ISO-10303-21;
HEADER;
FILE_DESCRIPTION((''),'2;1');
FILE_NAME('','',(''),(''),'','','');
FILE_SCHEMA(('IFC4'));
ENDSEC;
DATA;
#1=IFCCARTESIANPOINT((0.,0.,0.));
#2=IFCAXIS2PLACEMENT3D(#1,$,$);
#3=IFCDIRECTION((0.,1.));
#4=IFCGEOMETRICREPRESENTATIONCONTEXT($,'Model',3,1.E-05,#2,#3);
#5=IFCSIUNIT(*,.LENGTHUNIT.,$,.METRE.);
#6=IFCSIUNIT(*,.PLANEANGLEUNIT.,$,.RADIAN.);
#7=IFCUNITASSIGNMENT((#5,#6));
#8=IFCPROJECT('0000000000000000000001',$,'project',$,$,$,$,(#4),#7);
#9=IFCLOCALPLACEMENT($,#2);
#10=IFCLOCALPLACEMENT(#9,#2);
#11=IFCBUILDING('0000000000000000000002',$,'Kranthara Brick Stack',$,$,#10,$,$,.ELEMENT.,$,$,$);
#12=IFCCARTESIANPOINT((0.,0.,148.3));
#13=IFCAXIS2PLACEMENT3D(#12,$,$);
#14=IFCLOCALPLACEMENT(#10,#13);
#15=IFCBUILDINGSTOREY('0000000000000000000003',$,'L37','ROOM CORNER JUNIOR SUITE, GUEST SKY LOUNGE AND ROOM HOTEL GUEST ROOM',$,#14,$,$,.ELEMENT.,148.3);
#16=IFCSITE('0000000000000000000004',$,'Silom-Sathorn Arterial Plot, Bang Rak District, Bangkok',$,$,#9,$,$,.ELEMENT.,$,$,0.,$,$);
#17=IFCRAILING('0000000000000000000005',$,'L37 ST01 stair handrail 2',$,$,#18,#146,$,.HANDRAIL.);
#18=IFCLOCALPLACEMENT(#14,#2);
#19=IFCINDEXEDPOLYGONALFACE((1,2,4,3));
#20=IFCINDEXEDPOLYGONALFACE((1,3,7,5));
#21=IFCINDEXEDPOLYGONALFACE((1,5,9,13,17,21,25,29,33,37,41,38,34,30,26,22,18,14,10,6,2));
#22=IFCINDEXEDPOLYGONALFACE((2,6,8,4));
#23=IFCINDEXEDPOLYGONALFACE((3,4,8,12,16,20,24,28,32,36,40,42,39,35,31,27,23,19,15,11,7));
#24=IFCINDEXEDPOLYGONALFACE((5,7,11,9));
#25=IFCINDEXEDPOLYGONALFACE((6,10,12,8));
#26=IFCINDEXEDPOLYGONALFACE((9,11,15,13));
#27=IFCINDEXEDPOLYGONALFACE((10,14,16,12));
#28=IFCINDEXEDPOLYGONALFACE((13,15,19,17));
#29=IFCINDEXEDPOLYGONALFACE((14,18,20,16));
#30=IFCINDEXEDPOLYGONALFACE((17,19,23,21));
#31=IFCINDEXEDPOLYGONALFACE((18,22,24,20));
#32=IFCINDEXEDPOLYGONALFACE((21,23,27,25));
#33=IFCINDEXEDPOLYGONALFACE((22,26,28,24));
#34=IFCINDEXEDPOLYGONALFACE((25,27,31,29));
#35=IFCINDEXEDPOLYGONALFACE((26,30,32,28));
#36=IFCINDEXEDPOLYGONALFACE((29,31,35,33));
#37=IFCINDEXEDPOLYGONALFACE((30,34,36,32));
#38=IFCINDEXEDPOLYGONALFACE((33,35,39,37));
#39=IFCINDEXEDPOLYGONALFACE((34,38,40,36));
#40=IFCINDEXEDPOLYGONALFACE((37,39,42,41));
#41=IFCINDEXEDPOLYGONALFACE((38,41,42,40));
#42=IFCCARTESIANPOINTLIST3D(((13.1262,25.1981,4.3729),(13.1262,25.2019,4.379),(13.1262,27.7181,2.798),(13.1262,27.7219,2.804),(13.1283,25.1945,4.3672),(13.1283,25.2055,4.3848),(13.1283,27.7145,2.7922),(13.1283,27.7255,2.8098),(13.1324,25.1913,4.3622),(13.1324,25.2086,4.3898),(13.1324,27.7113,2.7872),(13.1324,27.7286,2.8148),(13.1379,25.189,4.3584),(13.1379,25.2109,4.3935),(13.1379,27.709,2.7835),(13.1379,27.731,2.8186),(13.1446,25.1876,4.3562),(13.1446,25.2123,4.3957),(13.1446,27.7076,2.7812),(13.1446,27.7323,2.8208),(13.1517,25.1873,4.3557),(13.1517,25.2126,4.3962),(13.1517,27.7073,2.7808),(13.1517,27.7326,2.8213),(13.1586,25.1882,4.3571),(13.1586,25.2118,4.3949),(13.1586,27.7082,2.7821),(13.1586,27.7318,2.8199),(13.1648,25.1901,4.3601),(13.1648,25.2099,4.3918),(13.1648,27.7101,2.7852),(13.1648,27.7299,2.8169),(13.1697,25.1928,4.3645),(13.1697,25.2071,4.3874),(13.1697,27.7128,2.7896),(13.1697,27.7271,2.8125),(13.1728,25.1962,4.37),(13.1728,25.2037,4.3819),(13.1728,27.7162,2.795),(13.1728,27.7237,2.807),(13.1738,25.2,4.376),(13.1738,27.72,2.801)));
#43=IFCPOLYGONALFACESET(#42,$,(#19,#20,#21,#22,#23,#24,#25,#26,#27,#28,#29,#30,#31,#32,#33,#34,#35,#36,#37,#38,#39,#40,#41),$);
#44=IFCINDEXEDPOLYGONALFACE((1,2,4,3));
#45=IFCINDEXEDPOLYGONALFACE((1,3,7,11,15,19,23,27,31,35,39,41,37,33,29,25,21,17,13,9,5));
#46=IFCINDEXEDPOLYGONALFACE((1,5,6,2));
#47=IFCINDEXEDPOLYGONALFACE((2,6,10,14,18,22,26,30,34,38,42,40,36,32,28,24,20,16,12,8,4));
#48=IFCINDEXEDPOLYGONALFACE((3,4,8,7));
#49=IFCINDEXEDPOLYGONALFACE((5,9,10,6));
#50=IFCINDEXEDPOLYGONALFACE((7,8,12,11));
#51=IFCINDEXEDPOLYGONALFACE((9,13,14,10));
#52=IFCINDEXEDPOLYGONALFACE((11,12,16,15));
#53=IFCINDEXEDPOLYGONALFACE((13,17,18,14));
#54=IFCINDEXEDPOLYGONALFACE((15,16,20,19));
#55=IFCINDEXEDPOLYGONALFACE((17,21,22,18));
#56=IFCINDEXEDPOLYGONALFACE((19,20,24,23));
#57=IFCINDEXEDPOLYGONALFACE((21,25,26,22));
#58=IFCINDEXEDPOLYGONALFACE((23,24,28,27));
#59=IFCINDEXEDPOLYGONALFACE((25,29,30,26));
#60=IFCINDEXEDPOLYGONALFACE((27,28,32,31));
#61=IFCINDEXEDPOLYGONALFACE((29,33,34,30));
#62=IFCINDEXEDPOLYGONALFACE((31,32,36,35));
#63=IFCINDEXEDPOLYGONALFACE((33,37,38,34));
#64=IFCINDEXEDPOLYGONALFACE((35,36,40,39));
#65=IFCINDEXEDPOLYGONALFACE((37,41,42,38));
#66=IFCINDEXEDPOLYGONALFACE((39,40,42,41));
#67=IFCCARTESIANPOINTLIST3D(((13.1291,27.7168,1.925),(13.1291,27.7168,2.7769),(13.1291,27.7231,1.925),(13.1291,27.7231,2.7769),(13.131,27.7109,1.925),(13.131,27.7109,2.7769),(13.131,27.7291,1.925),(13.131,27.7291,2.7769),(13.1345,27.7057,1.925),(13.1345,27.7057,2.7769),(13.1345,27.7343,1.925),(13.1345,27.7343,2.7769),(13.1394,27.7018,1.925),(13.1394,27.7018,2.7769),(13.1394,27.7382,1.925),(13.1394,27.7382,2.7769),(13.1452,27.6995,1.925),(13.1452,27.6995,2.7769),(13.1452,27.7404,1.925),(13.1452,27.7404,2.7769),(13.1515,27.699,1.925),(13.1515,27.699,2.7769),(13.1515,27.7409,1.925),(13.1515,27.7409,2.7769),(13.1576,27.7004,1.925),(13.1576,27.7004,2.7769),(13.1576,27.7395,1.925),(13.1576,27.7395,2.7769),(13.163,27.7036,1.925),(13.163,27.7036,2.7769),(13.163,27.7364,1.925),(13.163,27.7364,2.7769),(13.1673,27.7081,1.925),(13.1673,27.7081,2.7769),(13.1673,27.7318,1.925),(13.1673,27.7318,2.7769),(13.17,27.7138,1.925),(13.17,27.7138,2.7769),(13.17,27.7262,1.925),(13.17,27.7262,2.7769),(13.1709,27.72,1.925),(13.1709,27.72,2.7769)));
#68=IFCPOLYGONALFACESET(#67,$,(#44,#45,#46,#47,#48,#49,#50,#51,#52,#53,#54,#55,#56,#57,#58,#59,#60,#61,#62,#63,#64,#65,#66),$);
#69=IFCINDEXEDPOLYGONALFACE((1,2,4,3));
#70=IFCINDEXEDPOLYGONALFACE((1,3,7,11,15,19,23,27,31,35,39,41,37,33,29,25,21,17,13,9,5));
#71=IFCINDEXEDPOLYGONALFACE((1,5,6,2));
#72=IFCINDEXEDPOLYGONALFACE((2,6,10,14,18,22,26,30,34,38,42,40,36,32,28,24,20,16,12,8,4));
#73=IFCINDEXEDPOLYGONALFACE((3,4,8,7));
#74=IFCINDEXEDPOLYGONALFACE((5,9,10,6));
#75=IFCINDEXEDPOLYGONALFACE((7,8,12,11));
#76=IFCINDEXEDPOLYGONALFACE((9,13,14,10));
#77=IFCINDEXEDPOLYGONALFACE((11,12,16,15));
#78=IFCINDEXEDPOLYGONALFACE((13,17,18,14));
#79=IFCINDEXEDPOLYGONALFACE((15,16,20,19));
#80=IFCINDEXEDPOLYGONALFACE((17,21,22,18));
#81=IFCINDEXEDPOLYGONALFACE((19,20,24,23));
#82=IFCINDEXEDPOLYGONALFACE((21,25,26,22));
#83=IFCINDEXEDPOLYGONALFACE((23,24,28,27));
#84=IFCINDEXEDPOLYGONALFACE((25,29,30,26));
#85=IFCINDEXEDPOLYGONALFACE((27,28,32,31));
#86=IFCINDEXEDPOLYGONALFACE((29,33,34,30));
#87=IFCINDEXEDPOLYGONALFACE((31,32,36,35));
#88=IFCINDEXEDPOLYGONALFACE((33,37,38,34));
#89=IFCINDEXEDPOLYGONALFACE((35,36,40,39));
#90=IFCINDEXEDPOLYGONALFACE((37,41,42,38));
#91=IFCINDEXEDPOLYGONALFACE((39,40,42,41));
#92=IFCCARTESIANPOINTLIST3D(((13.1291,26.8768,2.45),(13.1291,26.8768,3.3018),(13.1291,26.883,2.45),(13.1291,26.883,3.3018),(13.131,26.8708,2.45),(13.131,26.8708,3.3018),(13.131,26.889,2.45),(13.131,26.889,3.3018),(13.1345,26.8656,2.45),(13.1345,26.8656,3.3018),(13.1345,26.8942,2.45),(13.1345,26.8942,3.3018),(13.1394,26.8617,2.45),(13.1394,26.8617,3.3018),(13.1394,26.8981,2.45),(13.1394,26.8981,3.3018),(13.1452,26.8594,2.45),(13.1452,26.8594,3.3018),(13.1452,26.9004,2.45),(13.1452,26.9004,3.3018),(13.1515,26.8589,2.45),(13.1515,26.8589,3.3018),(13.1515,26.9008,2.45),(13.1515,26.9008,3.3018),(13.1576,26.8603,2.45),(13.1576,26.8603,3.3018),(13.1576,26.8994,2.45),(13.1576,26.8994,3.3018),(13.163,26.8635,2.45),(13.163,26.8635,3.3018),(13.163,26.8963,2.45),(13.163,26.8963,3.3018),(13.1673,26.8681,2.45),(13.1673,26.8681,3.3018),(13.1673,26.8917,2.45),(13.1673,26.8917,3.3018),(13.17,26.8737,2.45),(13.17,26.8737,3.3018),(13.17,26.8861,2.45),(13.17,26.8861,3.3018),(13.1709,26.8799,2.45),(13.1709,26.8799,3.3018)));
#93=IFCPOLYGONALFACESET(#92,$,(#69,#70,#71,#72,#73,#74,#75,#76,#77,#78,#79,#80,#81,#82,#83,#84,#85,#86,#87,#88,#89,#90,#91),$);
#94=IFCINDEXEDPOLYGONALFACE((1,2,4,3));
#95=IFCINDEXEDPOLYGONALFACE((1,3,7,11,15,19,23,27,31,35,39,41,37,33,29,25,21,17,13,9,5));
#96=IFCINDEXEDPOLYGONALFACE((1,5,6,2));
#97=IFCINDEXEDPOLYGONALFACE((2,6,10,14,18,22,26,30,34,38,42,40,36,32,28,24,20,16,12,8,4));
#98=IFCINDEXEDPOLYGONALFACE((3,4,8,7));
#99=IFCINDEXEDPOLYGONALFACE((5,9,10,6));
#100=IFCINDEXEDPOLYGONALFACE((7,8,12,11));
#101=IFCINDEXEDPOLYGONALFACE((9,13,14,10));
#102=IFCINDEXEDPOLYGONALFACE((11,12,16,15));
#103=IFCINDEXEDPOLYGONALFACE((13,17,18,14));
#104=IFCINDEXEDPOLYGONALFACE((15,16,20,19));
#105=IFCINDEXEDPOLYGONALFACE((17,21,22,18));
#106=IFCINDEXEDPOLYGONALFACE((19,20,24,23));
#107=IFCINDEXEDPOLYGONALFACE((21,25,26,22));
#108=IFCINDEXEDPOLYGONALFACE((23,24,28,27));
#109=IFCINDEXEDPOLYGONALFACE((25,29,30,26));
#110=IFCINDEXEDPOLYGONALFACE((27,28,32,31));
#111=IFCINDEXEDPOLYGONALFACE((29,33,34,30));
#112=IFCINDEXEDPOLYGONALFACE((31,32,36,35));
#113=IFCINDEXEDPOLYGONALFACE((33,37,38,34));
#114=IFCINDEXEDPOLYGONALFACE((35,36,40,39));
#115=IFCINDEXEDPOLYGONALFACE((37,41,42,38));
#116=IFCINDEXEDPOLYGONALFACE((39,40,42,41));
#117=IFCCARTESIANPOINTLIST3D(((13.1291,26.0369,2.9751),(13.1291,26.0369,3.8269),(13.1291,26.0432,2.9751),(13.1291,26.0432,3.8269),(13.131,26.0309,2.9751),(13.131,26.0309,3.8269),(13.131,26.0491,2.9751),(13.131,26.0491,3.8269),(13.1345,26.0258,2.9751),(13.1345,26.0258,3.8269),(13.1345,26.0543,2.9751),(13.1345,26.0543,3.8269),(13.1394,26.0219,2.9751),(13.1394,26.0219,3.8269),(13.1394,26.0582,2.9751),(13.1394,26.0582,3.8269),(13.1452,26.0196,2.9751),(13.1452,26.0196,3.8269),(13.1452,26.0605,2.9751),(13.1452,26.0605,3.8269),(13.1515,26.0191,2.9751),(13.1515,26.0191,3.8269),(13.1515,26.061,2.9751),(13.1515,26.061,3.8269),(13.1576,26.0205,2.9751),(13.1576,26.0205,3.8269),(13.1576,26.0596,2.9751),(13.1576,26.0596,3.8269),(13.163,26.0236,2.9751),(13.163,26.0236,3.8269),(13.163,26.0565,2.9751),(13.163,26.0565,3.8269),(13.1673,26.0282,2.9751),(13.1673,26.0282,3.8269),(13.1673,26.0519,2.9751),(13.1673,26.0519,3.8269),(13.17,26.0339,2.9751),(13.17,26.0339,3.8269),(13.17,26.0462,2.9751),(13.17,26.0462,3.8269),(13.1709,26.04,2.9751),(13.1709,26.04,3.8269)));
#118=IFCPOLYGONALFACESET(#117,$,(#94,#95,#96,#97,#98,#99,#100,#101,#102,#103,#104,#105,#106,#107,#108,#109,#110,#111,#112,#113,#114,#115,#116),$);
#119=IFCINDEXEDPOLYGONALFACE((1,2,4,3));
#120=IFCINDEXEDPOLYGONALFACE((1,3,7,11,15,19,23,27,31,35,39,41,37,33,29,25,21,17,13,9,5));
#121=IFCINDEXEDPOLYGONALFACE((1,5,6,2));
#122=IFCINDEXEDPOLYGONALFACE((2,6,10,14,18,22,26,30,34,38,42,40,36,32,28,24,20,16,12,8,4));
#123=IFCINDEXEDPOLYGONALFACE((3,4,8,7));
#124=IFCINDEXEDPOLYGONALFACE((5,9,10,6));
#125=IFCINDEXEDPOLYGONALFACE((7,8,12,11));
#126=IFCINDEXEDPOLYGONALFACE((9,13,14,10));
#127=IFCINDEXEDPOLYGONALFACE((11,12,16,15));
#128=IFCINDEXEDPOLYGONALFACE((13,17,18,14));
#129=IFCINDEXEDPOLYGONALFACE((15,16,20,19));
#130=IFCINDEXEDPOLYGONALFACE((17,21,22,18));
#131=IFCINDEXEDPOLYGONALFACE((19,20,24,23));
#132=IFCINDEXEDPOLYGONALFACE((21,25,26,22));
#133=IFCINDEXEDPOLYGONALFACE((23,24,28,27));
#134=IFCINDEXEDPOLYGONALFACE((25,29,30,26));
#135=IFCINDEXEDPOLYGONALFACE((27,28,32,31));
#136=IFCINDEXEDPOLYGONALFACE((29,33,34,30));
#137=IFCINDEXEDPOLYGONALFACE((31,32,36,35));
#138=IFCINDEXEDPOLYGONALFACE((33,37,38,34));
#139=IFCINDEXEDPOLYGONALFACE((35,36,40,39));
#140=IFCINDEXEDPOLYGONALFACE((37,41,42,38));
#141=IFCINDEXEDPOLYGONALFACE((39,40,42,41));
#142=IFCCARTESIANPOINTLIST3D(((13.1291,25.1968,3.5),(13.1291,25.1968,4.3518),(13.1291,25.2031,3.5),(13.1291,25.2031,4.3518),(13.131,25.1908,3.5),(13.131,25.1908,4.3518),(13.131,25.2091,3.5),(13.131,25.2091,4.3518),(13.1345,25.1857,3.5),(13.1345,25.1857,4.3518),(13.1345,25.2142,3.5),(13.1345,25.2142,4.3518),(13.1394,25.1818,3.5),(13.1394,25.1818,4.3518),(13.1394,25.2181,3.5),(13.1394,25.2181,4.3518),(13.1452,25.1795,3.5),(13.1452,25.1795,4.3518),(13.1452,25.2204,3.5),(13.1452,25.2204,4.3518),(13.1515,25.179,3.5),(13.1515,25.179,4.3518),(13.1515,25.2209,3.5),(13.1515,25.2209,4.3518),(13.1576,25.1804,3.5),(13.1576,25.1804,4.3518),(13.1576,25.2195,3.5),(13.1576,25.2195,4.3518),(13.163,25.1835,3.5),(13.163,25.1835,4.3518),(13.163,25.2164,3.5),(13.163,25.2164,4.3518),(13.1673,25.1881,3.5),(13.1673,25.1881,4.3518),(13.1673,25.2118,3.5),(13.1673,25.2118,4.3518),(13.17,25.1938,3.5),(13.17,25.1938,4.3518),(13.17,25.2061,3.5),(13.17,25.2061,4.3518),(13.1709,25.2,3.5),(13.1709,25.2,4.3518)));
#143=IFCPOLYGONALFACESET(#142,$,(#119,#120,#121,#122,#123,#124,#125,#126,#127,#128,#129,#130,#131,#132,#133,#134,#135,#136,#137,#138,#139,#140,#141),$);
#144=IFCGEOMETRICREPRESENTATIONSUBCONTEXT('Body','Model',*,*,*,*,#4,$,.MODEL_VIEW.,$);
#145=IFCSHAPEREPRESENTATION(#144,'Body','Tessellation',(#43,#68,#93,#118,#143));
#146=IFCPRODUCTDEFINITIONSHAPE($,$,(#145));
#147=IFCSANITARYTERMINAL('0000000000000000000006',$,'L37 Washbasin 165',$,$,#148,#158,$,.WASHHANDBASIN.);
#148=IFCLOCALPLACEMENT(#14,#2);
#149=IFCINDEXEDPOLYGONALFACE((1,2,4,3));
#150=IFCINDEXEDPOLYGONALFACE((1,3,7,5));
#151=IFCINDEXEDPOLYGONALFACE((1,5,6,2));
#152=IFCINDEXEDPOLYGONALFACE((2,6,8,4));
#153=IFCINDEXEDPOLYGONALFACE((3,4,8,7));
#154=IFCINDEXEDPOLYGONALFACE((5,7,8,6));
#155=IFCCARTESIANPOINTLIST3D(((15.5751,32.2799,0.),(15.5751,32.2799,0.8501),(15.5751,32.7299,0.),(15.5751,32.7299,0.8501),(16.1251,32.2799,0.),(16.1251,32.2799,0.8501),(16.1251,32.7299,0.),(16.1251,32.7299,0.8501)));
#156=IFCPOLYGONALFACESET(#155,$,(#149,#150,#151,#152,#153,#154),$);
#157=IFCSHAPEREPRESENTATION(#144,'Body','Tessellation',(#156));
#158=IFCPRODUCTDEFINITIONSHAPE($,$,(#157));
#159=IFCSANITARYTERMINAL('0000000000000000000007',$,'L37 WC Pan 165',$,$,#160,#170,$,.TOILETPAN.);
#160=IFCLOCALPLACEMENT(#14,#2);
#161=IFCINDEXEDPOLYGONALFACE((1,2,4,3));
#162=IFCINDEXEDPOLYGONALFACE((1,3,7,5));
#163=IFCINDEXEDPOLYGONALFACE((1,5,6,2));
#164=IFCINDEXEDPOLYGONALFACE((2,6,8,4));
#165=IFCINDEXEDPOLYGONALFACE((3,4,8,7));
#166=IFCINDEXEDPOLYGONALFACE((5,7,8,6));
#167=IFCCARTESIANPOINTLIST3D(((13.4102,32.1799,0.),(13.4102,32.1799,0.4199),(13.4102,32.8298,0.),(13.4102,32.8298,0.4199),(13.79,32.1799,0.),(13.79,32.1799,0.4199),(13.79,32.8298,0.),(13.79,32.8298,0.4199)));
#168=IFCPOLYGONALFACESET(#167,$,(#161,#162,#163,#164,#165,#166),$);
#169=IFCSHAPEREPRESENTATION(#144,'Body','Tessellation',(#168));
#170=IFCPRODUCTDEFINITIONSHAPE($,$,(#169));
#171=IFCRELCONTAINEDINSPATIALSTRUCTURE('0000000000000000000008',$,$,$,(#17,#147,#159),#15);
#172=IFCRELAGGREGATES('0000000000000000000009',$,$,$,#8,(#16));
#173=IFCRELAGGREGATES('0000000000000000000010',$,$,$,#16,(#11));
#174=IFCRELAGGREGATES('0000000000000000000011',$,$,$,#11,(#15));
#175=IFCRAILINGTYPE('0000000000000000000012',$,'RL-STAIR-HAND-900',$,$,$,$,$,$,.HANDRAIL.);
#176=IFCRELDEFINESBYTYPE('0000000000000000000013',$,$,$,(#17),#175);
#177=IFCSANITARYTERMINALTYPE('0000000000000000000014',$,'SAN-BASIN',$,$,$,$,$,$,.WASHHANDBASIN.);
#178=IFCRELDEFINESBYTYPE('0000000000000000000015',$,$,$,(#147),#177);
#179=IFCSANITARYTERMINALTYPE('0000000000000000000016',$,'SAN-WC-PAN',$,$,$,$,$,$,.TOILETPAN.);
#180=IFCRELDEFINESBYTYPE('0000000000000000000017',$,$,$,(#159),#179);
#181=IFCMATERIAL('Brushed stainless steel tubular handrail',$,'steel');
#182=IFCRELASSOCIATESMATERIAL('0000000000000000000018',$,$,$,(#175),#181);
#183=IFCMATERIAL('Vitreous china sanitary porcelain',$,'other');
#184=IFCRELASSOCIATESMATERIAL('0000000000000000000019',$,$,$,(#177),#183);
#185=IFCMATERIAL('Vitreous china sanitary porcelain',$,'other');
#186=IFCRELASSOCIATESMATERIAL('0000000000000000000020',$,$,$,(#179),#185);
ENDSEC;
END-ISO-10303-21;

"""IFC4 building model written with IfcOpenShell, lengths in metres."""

from ifc_helpers import new_model, si_unit, direction, frame, origin, origin_2d, place, context, subcontext, project, spatial, rectangle, circle, extrude, material, type_object, element, save


model = new_model("IFC4")

# Units and contexts
model_context = context("Model", 3, precision=1e-05, world=origin(), true_north=direction((0.0, 1.0)))
body_context = subcontext(model_context, "Body", "Model", "MODEL_VIEW")
ifc_project = project(units=[si_unit("LENGTHUNIT", "METRE"), si_unit("PLANEANGLEUNIT", "RADIAN")], contexts=[model_context])

# Site, building, storey
site_placement = place(None, origin())
site = spatial("IfcSite", under=ifc_project, at=site_placement, Name="Silom-Sathorn Arterial Plot, Bang Rak District, Bangkok", CompositionType="ELEMENT", RefElevation=0.0)
building_placement = place(site_placement, origin())
building = spatial("IfcBuilding", under=site, at=building_placement, Name="Kranthara Brick Stack", CompositionType="ELEMENT")
storey_placement = place(building_placement, frame((0.0, 0.0, 148.3)))
storey = spatial("IfcBuildingStorey", under=building, at=storey_placement, Name="L37", Description="ROOM CORNER JUNIOR SUITE, GUEST SKY LOUNGE AND ROOM HOTEL GUEST ROOM", CompositionType="ELEMENT", Elevation=148.3)

# Railing
ifc_material_1 = material(Name="Brushed stainless steel tubular handrail", Category="steel")
railing_type_1 = type_object("IfcRailingType", Name="RL-STAIR-HAND-900", PredefinedType="HANDRAIL", material=ifc_material_1)
railing_1_placement = place(storey_placement, frame((13.1499, 27.72, 1.925)))
element("IfcRailing", 1, at=railing_1_placement, inside=storey, type_object=railing_type_1, Name="L37 ST01 stair handrail 2", PredefinedType="HANDRAIL", context=body_context, shape_type="SweptSolid", body=[
    extrude(circle(Radius=0.0239, at=origin_2d()), frame((0.0, 0.0, 0.876), z_axis=(0.0, -0.848008, 0.529984), x_axis=(1.0, 0.0, 0.0)), (0.0, 0.0, 1.0), 2.9717),
    extrude(circle(Radius=0.021, at=origin_2d()), origin(), (0.0, 0.0, 1.0), 0.8518),
    extrude(circle(Radius=0.021, at=origin_2d()), frame((0.0, -0.8401, 0.5249)), (0.0, 0.0, 1.0), 0.8518),
    extrude(circle(Radius=0.021, at=origin_2d()), frame((0.0, -1.6799, 1.05)), (0.0, 0.0, 1.0), 0.8518),
    extrude(circle(Radius=0.021, at=origin_2d()), frame((0.0, -2.52, 1.575)), (0.0, 0.0, 1.0), 0.8518),
])

# Sanitary terminals
ifc_material_2 = material(Name="Vitreous china sanitary porcelain", Category="other")
sanitary_terminal_type_1 = type_object("IfcSanitaryTerminalType", Name="SAN-BASIN", PredefinedType="WASHHANDBASIN", material=ifc_material_2)
sanitary_terminal_1_placement = place(storey_placement, frame((15.8501, 32.5049, 0.0), z_axis=(0.0, 0.0, 1.0), x_axis=(1.0, 0.0, 0.0)))
element("IfcSanitaryTerminal", 2, at=sanitary_terminal_1_placement, inside=storey, type_object=sanitary_terminal_type_1, Name="L37 Washbasin 165", PredefinedType="WASHHANDBASIN", context=body_context, shape_type="SweptSolid", body=[
    extrude(rectangle(XDim=0.55, YDim=0.45, at=origin_2d()), origin(), (0.0, 0.0, 1.0), 0.8501),
])
ifc_material_3 = material(Name="Vitreous china sanitary porcelain", Category="other")
sanitary_terminal_type_2 = type_object("IfcSanitaryTerminalType", Name="SAN-WC-PAN", PredefinedType="TOILETPAN", material=ifc_material_3)
sanitary_terminal_2_placement = place(storey_placement, frame((13.6001, 32.5049, 0.0), z_axis=(0.0, 0.0, 1.0), x_axis=(1.0, 0.0, 0.0)))
element("IfcSanitaryTerminal", 3, at=sanitary_terminal_2_placement, inside=storey, type_object=sanitary_terminal_type_2, Name="L37 WC Pan 165", PredefinedType="TOILETPAN", context=body_context, shape_type="SweptSolid", body=[
    extrude(rectangle(XDim=0.3799, YDim=0.6499, at=origin_2d()), origin(), (0.0, 0.0, 1.0), 0.4199),
])

save(model, "model.ifc")
